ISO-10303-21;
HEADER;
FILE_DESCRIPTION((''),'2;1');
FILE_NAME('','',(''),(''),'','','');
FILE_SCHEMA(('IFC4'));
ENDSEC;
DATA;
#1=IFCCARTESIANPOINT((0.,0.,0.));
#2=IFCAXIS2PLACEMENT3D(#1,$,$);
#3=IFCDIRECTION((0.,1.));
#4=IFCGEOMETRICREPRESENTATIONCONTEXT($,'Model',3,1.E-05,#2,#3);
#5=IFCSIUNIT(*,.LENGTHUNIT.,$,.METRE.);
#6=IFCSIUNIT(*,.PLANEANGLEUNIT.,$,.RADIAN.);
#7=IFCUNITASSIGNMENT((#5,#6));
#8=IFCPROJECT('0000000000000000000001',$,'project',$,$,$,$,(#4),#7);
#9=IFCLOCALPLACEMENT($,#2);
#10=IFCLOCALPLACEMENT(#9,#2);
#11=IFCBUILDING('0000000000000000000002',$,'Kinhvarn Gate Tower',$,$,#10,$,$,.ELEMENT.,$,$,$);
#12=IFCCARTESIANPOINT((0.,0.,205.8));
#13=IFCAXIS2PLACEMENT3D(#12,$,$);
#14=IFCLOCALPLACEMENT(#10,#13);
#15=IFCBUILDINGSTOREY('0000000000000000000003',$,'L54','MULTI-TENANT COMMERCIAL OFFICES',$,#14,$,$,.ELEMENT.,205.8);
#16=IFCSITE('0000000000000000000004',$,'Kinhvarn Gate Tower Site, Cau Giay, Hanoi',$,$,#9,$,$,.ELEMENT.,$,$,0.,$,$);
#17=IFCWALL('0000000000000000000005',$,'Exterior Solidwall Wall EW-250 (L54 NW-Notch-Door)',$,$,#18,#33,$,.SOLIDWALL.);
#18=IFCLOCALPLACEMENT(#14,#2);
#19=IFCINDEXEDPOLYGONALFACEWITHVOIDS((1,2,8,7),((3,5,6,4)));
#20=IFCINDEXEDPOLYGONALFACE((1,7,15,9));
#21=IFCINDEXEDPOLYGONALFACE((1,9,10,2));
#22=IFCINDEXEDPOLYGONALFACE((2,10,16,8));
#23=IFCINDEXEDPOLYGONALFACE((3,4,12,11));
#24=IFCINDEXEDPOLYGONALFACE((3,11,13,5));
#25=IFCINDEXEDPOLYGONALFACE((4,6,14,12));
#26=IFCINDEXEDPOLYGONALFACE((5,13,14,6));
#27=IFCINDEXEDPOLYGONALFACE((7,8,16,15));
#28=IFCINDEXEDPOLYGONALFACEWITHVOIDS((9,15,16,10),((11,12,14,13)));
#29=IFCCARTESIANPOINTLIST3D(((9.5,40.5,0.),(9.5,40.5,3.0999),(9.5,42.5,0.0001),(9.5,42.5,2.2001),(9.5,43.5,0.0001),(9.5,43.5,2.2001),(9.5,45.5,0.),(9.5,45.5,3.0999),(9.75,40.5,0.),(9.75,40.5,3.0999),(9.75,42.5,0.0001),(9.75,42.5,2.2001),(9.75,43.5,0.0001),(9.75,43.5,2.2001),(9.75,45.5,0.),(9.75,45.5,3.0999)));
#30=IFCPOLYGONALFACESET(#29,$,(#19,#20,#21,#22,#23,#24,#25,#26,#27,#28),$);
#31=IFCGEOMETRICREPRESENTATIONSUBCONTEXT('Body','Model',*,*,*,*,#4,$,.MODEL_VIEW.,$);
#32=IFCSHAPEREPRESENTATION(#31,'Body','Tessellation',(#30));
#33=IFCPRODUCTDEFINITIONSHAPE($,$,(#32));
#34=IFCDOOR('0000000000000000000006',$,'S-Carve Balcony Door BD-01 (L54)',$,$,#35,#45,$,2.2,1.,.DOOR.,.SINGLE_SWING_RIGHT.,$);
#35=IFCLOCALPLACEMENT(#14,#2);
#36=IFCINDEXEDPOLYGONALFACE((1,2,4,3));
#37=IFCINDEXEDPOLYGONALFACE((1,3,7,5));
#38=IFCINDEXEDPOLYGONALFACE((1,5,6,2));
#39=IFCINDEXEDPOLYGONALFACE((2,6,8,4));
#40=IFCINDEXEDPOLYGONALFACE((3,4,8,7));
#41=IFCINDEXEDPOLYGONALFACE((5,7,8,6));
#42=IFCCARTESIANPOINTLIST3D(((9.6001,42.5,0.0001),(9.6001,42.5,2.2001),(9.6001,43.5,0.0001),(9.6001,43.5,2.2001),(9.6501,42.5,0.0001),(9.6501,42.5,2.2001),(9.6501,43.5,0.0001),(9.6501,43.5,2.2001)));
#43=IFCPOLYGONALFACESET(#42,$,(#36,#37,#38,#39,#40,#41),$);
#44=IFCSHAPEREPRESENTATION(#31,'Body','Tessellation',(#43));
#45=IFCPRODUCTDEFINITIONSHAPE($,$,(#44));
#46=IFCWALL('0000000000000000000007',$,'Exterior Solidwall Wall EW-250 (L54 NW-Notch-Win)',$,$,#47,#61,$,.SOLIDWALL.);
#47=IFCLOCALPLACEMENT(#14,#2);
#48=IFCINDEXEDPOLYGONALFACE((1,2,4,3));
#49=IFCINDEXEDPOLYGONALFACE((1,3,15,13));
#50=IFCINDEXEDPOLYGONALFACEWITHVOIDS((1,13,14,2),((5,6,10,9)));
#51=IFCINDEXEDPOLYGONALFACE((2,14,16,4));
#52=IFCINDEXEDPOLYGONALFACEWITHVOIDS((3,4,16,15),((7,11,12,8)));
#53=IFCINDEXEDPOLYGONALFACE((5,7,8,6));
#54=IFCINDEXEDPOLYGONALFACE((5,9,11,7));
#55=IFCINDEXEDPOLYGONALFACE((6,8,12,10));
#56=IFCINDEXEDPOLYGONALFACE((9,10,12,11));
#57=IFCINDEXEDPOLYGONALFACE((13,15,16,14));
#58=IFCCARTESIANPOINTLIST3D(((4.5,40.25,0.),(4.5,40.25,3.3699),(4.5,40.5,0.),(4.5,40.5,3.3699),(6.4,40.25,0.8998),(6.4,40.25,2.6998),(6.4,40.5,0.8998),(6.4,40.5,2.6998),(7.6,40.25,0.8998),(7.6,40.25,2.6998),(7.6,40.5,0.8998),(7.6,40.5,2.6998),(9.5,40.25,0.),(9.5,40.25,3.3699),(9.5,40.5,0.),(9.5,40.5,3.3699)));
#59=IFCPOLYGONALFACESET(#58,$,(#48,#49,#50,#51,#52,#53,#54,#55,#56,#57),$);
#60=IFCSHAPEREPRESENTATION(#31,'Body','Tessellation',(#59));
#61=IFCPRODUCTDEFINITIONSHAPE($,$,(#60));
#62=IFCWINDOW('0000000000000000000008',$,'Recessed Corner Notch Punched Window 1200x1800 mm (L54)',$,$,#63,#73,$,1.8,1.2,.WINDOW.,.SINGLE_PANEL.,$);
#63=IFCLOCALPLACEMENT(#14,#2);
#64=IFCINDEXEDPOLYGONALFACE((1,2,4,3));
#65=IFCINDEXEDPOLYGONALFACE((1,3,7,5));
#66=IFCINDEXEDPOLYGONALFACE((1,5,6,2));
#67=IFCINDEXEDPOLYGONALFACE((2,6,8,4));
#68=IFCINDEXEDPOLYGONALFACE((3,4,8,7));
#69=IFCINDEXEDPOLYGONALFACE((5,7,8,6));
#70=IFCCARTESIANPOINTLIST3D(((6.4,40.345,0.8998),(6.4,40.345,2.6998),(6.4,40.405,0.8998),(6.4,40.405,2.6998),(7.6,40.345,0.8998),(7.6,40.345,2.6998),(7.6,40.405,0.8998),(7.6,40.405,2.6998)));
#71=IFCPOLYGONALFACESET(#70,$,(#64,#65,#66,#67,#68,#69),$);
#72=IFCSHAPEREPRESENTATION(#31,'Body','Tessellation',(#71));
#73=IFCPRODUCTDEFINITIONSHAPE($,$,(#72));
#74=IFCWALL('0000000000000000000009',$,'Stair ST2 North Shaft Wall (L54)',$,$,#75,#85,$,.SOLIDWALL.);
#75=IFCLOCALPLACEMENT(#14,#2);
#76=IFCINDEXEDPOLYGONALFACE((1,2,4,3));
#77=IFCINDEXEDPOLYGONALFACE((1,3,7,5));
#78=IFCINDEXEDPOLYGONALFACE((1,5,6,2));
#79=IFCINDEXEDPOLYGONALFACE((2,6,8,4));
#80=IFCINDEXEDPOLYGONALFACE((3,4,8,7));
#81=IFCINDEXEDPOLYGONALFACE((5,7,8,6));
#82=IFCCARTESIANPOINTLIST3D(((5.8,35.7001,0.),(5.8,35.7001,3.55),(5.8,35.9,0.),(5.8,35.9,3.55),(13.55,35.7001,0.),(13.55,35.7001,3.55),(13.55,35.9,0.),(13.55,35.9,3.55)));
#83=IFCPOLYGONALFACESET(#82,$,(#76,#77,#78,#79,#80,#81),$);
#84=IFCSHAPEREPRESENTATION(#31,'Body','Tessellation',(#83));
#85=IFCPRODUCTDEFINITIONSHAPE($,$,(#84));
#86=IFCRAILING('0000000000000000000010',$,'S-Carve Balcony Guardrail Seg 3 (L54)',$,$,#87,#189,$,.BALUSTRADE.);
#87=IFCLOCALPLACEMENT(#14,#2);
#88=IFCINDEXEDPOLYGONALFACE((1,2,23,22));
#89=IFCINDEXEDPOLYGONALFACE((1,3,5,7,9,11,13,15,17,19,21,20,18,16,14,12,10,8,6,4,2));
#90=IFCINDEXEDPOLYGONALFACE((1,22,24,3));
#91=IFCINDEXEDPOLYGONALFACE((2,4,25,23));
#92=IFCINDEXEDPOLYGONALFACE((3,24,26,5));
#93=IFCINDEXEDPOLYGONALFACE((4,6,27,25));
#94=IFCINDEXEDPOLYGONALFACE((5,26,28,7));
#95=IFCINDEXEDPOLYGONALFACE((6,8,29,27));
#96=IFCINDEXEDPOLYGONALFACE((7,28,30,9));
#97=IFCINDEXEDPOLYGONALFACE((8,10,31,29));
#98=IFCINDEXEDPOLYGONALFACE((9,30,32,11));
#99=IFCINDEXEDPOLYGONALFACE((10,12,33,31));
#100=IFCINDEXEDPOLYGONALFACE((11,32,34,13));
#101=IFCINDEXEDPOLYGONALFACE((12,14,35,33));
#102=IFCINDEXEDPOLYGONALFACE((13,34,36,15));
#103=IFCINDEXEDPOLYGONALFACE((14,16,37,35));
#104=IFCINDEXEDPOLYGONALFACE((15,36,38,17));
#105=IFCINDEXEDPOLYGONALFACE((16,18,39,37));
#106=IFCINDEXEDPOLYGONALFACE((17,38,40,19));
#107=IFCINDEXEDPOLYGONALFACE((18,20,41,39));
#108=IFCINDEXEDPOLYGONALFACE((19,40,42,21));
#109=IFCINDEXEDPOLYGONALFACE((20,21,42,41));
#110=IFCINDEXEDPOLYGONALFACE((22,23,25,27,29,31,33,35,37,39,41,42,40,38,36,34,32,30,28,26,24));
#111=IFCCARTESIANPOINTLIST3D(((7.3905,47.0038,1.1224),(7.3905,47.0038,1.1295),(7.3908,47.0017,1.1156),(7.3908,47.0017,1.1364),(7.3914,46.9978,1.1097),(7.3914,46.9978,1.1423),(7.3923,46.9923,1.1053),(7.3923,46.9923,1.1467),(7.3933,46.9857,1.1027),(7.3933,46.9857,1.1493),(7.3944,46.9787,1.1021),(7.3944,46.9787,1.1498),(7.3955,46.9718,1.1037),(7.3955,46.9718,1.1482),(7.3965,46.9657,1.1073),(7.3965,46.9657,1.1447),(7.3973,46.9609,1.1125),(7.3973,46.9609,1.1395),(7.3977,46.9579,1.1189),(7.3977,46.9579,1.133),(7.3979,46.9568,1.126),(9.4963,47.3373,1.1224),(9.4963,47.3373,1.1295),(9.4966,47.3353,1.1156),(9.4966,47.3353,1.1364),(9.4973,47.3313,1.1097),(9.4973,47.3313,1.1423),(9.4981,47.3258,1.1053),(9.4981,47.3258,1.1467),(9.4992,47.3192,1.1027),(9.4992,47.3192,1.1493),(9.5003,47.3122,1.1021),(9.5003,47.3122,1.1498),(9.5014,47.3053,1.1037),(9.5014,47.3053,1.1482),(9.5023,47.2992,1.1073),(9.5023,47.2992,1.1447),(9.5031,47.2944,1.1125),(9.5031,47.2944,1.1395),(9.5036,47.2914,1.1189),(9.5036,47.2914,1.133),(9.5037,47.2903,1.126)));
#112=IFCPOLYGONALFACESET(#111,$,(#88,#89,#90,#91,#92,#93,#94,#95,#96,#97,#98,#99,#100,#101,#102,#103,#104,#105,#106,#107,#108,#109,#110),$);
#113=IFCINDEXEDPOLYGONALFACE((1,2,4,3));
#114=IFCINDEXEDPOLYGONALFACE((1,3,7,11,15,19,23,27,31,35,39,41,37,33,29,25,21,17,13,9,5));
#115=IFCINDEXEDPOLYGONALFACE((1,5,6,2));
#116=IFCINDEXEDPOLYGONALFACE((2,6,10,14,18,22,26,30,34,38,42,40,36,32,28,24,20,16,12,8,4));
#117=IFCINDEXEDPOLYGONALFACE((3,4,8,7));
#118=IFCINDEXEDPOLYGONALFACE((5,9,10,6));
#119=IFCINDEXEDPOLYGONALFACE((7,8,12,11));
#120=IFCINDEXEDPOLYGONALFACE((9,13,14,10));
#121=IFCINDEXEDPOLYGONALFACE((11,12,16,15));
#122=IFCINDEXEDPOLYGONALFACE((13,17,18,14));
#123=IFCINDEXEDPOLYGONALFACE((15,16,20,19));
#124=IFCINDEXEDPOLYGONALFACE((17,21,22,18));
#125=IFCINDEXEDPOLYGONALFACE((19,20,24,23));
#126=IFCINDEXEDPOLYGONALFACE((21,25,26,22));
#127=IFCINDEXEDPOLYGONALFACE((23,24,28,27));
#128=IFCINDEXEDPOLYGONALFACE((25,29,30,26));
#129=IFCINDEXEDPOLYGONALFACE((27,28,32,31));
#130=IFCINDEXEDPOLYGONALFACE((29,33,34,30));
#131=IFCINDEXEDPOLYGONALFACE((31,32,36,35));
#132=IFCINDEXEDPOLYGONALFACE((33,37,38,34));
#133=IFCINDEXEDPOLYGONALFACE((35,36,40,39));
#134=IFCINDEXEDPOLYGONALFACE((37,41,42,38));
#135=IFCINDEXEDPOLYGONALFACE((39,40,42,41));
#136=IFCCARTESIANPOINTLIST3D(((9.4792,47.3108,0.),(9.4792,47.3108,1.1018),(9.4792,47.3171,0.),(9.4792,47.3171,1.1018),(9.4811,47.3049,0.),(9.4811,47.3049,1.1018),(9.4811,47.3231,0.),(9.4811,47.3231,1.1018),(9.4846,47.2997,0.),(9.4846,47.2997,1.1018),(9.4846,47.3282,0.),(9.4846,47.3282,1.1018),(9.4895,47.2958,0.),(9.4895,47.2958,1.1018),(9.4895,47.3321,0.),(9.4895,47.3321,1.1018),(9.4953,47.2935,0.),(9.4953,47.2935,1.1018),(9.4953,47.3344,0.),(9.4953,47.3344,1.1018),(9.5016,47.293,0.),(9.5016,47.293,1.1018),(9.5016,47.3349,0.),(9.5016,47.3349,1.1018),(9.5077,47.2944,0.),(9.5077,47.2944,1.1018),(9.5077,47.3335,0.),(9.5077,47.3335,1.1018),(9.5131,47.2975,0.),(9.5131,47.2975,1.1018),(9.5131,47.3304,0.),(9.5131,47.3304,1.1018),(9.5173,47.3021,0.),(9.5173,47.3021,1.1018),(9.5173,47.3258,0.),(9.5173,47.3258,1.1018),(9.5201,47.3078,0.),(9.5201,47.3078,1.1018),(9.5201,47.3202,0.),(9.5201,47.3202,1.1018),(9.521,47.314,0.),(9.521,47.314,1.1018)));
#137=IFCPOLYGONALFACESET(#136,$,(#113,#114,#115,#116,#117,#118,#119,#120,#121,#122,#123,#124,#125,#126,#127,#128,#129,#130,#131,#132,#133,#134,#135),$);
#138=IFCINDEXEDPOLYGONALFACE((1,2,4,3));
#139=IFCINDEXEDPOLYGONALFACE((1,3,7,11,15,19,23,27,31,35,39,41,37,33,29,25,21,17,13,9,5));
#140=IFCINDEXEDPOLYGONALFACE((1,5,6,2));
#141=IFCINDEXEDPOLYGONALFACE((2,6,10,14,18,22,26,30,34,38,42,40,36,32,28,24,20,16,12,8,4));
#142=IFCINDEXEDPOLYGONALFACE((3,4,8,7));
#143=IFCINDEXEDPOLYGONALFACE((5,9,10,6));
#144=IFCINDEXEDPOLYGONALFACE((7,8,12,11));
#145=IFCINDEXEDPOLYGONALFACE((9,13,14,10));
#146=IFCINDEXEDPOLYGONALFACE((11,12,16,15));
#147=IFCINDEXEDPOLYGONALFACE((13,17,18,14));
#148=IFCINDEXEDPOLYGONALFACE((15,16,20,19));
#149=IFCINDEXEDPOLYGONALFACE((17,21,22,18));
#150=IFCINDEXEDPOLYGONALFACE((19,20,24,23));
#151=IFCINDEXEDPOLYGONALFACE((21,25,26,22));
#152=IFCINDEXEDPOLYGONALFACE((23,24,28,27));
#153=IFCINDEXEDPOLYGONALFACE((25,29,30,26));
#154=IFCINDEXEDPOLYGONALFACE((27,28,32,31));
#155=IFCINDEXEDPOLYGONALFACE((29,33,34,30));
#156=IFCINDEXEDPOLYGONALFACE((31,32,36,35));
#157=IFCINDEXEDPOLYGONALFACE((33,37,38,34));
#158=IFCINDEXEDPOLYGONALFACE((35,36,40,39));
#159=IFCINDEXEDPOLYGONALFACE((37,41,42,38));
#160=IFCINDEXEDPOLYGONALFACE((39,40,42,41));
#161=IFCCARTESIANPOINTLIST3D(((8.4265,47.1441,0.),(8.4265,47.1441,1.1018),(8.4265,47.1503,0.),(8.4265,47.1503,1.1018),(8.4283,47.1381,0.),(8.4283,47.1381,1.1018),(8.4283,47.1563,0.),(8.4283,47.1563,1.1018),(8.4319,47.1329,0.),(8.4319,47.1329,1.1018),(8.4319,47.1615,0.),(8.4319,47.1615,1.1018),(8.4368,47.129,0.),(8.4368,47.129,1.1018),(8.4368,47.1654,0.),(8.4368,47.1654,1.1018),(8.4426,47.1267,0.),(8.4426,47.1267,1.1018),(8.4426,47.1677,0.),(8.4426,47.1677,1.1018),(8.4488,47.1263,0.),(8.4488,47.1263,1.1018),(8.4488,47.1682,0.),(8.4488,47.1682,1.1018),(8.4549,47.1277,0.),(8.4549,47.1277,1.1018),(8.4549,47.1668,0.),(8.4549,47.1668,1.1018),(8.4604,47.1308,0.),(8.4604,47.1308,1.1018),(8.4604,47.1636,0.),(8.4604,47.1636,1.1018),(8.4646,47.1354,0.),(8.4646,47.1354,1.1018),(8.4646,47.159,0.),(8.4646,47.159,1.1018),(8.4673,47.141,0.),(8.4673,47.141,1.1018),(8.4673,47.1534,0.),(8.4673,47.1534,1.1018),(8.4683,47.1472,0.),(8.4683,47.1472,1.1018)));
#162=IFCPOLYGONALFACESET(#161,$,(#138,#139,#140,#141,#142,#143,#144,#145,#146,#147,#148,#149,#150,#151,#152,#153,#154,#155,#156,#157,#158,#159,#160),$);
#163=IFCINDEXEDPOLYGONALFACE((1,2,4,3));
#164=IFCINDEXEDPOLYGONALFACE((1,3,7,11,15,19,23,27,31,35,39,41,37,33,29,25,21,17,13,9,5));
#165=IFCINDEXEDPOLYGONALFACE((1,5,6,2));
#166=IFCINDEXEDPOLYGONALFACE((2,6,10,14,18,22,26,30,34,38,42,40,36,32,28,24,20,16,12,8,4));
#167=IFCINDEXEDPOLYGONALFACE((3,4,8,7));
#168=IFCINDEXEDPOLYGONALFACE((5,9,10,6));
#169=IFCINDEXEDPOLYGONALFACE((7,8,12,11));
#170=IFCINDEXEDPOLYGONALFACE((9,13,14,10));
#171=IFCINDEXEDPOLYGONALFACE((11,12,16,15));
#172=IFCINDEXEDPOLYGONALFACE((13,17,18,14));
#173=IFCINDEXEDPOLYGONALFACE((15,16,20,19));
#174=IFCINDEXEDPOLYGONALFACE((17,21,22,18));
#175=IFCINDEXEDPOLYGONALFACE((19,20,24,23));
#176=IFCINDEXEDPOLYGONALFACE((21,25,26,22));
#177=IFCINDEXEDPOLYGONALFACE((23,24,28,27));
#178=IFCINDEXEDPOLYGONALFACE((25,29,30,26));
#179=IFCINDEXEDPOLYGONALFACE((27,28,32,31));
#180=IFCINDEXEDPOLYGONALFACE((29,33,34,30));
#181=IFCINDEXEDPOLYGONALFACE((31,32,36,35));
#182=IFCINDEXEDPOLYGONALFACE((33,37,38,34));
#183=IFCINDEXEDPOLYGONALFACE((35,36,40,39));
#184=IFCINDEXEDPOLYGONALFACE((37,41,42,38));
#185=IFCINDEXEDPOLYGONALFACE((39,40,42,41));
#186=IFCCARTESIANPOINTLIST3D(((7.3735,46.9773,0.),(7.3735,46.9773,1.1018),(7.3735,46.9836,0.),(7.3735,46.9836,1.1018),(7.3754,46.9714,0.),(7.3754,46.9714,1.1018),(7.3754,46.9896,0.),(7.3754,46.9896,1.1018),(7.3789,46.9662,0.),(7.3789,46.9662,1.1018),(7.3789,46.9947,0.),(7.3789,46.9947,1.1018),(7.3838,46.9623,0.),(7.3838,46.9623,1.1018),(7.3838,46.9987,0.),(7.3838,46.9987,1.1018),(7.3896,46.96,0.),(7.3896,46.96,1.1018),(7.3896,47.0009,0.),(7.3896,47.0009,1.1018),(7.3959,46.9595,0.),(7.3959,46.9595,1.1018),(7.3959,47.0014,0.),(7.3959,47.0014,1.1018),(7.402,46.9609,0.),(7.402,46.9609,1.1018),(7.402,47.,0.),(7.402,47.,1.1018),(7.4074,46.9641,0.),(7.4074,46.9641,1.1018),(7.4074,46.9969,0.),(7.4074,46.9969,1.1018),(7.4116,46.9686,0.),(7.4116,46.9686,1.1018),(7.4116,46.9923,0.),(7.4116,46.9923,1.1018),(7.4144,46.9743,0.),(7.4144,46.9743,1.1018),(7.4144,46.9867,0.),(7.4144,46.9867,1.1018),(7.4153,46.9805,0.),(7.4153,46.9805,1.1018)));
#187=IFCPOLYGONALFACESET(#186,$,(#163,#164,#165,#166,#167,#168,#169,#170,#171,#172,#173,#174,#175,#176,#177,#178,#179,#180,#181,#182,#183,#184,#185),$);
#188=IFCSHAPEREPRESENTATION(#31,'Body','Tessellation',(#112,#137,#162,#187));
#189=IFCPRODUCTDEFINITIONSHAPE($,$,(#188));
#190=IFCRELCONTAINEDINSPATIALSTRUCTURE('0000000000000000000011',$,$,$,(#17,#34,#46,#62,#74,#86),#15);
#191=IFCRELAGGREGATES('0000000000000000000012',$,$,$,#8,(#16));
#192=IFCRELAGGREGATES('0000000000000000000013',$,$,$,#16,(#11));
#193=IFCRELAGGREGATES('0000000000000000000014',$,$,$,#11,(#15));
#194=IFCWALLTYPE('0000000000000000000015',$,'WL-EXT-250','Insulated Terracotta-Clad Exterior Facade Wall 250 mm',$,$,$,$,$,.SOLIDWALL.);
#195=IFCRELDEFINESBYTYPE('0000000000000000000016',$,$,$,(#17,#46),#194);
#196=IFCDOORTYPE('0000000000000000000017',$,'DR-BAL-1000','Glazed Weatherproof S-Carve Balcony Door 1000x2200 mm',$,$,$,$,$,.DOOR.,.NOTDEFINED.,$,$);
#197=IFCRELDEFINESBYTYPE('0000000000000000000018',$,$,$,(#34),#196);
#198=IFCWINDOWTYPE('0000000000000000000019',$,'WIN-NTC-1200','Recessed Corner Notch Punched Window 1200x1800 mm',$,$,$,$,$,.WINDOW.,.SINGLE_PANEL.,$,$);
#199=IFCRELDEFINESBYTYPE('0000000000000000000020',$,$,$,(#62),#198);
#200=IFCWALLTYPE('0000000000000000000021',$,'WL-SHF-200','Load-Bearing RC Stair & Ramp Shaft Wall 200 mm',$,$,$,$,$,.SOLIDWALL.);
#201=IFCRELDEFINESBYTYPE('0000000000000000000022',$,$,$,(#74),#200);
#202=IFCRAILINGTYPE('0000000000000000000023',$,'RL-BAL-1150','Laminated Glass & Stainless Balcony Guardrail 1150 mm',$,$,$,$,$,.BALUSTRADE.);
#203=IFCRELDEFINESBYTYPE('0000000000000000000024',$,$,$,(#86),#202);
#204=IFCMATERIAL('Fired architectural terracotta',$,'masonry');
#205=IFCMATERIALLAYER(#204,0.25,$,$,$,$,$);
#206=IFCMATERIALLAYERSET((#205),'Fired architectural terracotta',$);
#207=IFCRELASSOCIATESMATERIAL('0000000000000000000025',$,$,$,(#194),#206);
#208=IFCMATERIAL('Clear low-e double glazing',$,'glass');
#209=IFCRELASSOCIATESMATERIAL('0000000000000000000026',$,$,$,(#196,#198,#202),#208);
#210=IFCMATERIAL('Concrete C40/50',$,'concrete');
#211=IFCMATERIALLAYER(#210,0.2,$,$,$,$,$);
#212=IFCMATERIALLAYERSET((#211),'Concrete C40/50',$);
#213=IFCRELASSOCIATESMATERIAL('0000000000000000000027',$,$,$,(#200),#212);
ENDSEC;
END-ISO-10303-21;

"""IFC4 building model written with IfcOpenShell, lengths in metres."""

from ifc_helpers import new_model, si_unit, direction, frame, frame_2d, origin, origin_2d, place, context, subcontext, project, spatial, rectangle, circle, extrude, material, layer, layer_set, type_object, element, fill, save


model = new_model("IFC4")

# Units and contexts
model_context = context("Model", 3, precision=1e-05, world=origin(), true_north=direction((0.0, 1.0)))
body_context = subcontext(model_context, "Body", "Model", "MODEL_VIEW")
ifc_project = project(units=[si_unit("LENGTHUNIT", "METRE"), si_unit("PLANEANGLEUNIT", "RADIAN")], contexts=[model_context])

# Site, building, storey
site_placement = place(None, origin())
site = spatial("IfcSite", under=ifc_project, at=site_placement, Name="Kinhvarn Gate Tower Site, Cau Giay, Hanoi", CompositionType="ELEMENT", RefElevation=0.0)
building_placement = place(site_placement, origin())
building = spatial("IfcBuilding", under=site, at=building_placement, Name="Kinhvarn Gate Tower", CompositionType="ELEMENT")
storey_placement = place(building_placement, frame((0.0, 0.0, 205.8)))
storey = spatial("IfcBuildingStorey", under=building, at=storey_placement, Name="L54", Description="MULTI-TENANT COMMERCIAL OFFICES", CompositionType="ELEMENT", Elevation=205.8)

# Shared definitions
ifc_material_1 = material(Name="Fired architectural terracotta", Category="masonry")
ifc_layer_1 = layer(ifc_material_1, 0.25)
ifc_layer_set_1 = layer_set([ifc_layer_1], Name="Fired architectural terracotta")
wall_type_1 = type_object("IfcWallType", Name="WL-EXT-250", Description="Insulated Terracotta-Clad Exterior Facade Wall 250 mm", PredefinedType="SOLIDWALL", material=ifc_layer_set_1)
ifc_material_2 = material(Name="Clear low-e double glazing", Category="glass")

# Wall, opening, door
wall_1_placement = place(storey_placement, frame((9.625, 45.5, 0.0), z_axis=(0.0, 0.0, 1.0), x_axis=(0.0, -1.0, 0.0)))
wall_1 = element("IfcWall", 1, at=wall_1_placement, inside=storey, type_object=wall_type_1, Name="Exterior Solidwall Wall EW-250 (L54 NW-Notch-Door)", PredefinedType="SOLIDWALL", context=body_context, shape_type="SweptSolid", body=[
    extrude(rectangle(XDim=5.0, YDim=0.25, at=frame_2d((2.5, 0.0))), origin(), (0.0, 0.0, 1.0), 3.0999),
])
opening_1_placement = place(wall_1_placement, frame((2.0, 0.0, 0.0)))
opening_1 = element("IfcOpeningElement", 2, at=opening_1_placement, cuts=wall_1, PredefinedType="OPENING", context=body_context, shape_type="SweptSolid", body=[
    extrude(rectangle(XDim=1.0, YDim=2.2, at=frame_2d((0.5, 1.1001))), frame((0.0, 0.135, 0.0), z_axis=(0.0, -1.0, 0.0), x_axis=(1.0, 0.0, 0.0)), (0.0, 0.0, 1.0), 0.27),
])
door_type = type_object("IfcDoorType", Name="DR-BAL-1000", Description="Glazed Weatherproof S-Carve Balcony Door 1000x2200 mm", OperationType="NOTDEFINED", PredefinedType="DOOR", material=ifc_material_2)
door_placement = place(opening_1_placement, frame((1.0, 0.0, 0.0), z_axis=(0.0, 0.0, 1.0), x_axis=(-1.0, 0.0, 0.0)))
door = element("IfcDoor", 3, at=door_placement, inside=storey, type_object=door_type, Name="S-Carve Balcony Door BD-01 (L54)", OperationType="SINGLE_SWING_RIGHT", OverallHeight=2.2, OverallWidth=1.0, PredefinedType="DOOR", context=body_context, shape_type="SweptSolid", body=[
    extrude(rectangle(XDim=1.0, YDim=2.2, at=frame_2d((0.5, 1.1001))), frame((0.0, 0.0249, 0.0), z_axis=(0.0, -1.0, 0.0), x_axis=(1.0, 0.0, 0.0)), (0.0, 0.0, 1.0), 0.05),
])
fill(opening_1, door)

# Wall, opening, window
wall_2_placement = place(storey_placement, frame((9.5, 40.375, 0.0), z_axis=(0.0, 0.0, 1.0), x_axis=(-1.0, 0.0, 0.0)))
wall_2 = element("IfcWall", 4, at=wall_2_placement, inside=storey, type_object=wall_type_1, Name="Exterior Solidwall Wall EW-250 (L54 NW-Notch-Win)", PredefinedType="SOLIDWALL", context=body_context, shape_type="SweptSolid", body=[
    extrude(rectangle(XDim=5.0, YDim=0.25, at=frame_2d((2.5, 0.0))), origin(), (0.0, 0.0, 1.0), 3.3699),
])
opening_2_placement = place(wall_2_placement, frame((1.8999, 0.0, 0.8999)))
opening_2 = element("IfcOpeningElement", 5, at=opening_2_placement, cuts=wall_2, PredefinedType="OPENING", context=body_context, shape_type="SweptSolid", body=[
    extrude(rectangle(XDim=1.2, YDim=1.8, at=frame_2d((0.6001, 0.8999))), frame((0.0, 0.135, 0.0), z_axis=(0.0, -1.0, 0.0), x_axis=(1.0, 0.0, 0.0)), (0.0, 0.0, 1.0), 0.27),
])
window_type_1 = type_object("IfcWindowType", Name="WIN-NTC-1200", Description="Recessed Corner Notch Punched Window 1200x1800 mm", PartitioningType="SINGLE_PANEL", PredefinedType="WINDOW", material=ifc_material_2)
window_1_placement = place(opening_2_placement, origin())
window_1 = element("IfcWindow", 6, at=window_1_placement, inside=storey, type_object=window_type_1, Name="Recessed Corner Notch Punched Window 1200x1800 mm (L54)", OverallHeight=1.8, OverallWidth=1.2, PartitioningType="SINGLE_PANEL", PredefinedType="WINDOW", context=body_context, shape_type="SweptSolid", body=[
    extrude(rectangle(XDim=1.2, YDim=1.8, at=frame_2d((0.6001, 0.8999))), frame((0.0, 0.03, 0.0), z_axis=(0.0, -1.0, 0.0), x_axis=(1.0, 0.0, 0.0)), (0.0, 0.0, 1.0), 0.0601),
])
fill(opening_2, window_1)

# Wall
ifc_material_3 = material(Name="Concrete C40/50", Category="concrete")
ifc_layer_2 = layer(ifc_material_3, 0.2)
ifc_layer_set_2 = layer_set([ifc_layer_2], Name="Concrete C40/50")
wall_type_2 = type_object("IfcWallType", Name="WL-SHF-200", Description="Load-Bearing RC Stair & Ramp Shaft Wall 200 mm", PredefinedType="SOLIDWALL", material=ifc_layer_set_2)
wall_3_placement = place(storey_placement, frame((5.8, 35.8, 0.0), z_axis=(0.0, 0.0, 1.0), x_axis=(1.0, 0.0, 0.0)))
element("IfcWall", 7, at=wall_3_placement, inside=storey, type_object=wall_type_2, Name="Stair ST2 North Shaft Wall (L54)", PredefinedType="SOLIDWALL", context=body_context, shape_type="SweptSolid", body=[
    extrude(rectangle(XDim=7.75, YDim=0.2, at=frame_2d((3.875, 0.0))), origin(), (0.0, 0.0, 1.0), 3.55),
])

# Railing
railing_type = type_object("IfcRailingType", Name="RL-BAL-1150", Description="Laminated Glass & Stainless Balcony Guardrail 1150 mm", PredefinedType="BALUSTRADE", material=ifc_material_2)
railing_1_placement = place(storey_placement, frame((9.5, 47.314, 0.0)))
element("IfcRailing", 8, at=railing_1_placement, inside=storey, type_object=railing_type, Name="S-Carve Balcony Guardrail Seg 3 (L54)", PredefinedType="BALUSTRADE", context=body_context, shape_type="SweptSolid", body=[
    extrude(circle(Radius=0.0239, at=origin_2d()), frame((0.0, 0.0, 1.126), z_axis=(-0.98769, -0.156427, 0.0), x_axis=(0.156427, -0.98769, 0.0)), (0.0, 0.0, 1.0), 2.1321),
    extrude(circle(Radius=0.021, at=origin_2d()), origin(), (0.0, 0.0, 1.0), 1.1018),
    extrude(circle(Radius=0.021, at=origin_2d()), frame((-1.0527, -0.1667, 0.0)), (0.0, 0.0, 1.0), 1.1018),
    extrude(circle(Radius=0.021, at=origin_2d()), frame((-2.1057, -0.3335, 0.0)), (0.0, 0.0, 1.0), 1.1018),
])

save(model, "model.ifc")
